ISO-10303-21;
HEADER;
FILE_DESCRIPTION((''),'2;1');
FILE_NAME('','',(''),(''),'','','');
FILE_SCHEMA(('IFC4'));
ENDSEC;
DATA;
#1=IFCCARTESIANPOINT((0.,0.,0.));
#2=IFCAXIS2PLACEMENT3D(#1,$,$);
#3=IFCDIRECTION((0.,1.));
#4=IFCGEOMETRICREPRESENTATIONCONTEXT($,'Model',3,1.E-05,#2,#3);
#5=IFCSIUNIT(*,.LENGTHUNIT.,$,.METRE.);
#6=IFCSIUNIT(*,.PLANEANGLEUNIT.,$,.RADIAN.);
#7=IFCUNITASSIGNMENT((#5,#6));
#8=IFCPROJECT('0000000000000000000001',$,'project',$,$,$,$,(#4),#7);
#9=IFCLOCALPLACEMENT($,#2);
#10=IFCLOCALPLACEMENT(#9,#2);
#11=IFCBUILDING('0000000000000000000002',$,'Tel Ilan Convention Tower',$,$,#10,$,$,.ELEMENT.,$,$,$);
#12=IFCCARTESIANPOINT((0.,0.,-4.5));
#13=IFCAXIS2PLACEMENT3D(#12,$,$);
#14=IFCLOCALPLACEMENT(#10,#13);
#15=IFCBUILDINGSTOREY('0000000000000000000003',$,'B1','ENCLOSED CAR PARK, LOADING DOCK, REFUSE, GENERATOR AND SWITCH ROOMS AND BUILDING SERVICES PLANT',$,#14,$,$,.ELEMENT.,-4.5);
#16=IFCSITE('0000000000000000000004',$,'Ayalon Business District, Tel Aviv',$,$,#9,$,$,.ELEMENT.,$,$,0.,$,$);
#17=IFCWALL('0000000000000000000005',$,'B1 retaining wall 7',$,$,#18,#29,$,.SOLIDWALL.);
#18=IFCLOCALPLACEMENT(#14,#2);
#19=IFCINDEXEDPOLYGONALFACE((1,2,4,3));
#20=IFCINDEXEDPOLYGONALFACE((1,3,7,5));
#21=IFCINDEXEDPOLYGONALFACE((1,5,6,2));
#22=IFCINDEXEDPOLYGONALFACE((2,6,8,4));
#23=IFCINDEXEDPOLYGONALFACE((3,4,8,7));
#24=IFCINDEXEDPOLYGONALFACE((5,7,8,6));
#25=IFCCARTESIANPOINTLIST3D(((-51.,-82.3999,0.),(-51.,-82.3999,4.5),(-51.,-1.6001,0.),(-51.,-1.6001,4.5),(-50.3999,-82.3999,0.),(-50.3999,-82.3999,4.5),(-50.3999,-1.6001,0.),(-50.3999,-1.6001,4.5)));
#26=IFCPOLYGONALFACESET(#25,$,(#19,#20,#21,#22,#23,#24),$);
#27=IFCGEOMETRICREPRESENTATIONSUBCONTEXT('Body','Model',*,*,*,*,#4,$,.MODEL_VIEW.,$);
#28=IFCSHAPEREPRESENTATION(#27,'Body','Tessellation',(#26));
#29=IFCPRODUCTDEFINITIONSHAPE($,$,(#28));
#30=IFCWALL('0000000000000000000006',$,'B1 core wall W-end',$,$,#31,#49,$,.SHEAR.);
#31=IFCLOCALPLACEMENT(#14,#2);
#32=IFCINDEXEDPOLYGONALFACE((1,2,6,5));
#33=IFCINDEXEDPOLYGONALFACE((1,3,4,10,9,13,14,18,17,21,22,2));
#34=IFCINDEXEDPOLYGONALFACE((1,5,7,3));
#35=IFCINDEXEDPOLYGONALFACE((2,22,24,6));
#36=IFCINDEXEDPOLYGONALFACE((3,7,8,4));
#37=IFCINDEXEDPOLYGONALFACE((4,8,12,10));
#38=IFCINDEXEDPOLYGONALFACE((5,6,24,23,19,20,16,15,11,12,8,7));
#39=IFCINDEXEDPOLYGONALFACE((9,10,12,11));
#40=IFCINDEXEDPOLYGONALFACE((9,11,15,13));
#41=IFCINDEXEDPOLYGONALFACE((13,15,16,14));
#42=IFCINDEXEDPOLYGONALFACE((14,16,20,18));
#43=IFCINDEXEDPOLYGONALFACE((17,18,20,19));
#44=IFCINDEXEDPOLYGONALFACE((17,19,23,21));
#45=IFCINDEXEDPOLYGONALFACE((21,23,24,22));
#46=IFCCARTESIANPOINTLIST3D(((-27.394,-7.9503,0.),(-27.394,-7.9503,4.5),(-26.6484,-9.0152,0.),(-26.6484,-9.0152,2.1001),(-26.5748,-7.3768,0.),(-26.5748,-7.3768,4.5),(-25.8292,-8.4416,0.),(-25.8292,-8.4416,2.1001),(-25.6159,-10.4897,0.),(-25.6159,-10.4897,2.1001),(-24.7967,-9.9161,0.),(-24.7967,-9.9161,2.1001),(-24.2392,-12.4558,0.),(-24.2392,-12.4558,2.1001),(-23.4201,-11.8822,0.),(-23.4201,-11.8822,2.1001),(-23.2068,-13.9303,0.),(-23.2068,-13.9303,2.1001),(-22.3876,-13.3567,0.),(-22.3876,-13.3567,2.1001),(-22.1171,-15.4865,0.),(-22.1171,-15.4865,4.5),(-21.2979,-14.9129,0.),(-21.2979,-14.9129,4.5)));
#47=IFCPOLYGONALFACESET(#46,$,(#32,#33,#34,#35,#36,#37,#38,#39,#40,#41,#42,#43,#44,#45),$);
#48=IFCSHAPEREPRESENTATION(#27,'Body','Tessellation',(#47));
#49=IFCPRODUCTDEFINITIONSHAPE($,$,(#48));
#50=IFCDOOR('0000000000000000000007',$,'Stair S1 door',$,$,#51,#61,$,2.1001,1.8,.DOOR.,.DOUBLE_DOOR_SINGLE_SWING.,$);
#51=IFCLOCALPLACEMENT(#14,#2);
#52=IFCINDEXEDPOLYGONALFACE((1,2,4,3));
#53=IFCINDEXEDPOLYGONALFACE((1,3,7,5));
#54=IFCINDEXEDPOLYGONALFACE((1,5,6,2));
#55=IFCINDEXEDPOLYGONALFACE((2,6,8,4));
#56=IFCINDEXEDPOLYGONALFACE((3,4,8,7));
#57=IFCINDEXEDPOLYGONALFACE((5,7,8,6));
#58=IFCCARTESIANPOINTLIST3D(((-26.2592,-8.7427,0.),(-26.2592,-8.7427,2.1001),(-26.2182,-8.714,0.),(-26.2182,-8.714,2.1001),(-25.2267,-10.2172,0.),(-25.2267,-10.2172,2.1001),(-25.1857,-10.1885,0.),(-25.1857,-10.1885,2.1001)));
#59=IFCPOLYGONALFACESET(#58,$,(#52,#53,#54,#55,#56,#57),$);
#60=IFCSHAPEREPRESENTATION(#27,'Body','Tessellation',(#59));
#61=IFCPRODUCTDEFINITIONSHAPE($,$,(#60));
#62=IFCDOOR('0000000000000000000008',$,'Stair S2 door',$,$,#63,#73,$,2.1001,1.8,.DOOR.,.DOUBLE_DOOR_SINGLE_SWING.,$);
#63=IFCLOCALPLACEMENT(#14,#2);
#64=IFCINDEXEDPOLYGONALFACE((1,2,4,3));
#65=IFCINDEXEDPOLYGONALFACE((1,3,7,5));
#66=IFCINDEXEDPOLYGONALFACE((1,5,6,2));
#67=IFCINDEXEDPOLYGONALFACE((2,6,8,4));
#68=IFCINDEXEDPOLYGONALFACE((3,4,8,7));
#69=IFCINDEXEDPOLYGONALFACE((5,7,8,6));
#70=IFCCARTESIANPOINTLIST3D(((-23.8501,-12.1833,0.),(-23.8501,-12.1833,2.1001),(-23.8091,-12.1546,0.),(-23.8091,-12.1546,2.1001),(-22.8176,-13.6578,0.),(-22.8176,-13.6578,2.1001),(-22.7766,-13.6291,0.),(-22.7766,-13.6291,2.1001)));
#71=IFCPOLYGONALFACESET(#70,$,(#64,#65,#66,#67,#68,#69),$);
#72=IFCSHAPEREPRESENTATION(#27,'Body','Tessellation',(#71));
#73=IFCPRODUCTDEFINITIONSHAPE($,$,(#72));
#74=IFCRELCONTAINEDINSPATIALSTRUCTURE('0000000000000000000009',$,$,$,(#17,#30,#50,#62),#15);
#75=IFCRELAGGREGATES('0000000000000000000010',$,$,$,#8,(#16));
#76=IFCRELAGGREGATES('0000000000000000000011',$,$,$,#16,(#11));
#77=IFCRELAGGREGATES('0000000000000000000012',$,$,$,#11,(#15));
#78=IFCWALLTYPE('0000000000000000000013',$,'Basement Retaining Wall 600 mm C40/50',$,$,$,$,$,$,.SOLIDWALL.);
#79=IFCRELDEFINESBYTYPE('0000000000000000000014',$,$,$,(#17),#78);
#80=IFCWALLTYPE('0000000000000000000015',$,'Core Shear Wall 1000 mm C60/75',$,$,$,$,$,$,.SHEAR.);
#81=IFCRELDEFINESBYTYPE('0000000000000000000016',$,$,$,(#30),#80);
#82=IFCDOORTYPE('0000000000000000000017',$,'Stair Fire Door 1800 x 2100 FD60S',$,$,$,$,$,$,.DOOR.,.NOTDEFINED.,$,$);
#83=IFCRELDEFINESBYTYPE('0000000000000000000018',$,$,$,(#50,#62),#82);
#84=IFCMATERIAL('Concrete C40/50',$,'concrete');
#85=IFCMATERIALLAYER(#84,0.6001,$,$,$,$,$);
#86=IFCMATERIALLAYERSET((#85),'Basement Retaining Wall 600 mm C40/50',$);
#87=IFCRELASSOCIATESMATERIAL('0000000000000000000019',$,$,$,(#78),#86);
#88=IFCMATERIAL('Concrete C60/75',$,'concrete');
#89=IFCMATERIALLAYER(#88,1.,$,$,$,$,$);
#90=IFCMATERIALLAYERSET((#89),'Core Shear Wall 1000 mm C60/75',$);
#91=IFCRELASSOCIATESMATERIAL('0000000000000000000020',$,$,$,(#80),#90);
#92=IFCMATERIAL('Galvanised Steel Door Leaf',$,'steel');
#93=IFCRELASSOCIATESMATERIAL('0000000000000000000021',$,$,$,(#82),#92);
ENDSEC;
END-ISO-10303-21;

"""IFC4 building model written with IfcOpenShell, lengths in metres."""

from ifc_helpers import new_model, si_unit, direction, frame, frame_2d, origin, place, context, subcontext, project, spatial, polyline, rectangle, outline, extrude, material, layer, layer_set, type_object, element, fill, save


model = new_model("IFC4")

# Units and contexts
model_context = context("Model", 3, precision=1e-05, world=origin(), true_north=direction((0.0, 1.0)))
body_context = subcontext(model_context, "Body", "Model", "MODEL_VIEW")
ifc_project = project(units=[si_unit("LENGTHUNIT", "METRE"), si_unit("PLANEANGLEUNIT", "RADIAN")], contexts=[model_context])

# Site, building, storey
site_placement = place(None, origin())
site = spatial("IfcSite", under=ifc_project, at=site_placement, Name="Ayalon Business District, Tel Aviv", CompositionType="ELEMENT", RefElevation=0.0)
building_placement = place(site_placement, origin())
building = spatial("IfcBuilding", under=site, at=building_placement, Name="Tel Ilan Convention Tower", CompositionType="ELEMENT")
storey_placement = place(building_placement, frame((0.0, 0.0, -4.5)))
storey = spatial("IfcBuildingStorey", under=building, at=storey_placement, Name="B1", Description="ENCLOSED CAR PARK, LOADING DOCK, REFUSE, GENERATOR AND SWITCH ROOMS AND BUILDING SERVICES PLANT", CompositionType="ELEMENT", Elevation=-4.5)

# Wall
ifc_material_1 = material(Name="Concrete C40/50", Category="concrete")
ifc_layer_1 = layer(ifc_material_1, 0.6001)
ifc_layer_set_1 = layer_set([ifc_layer_1], Name="Basement Retaining Wall 600 mm C40/50")
wall_type_1 = type_object("IfcWallType", Name="Basement Retaining Wall 600 mm C40/50", PredefinedType="SOLIDWALL", material=ifc_layer_set_1)
wall_1_placement = place(storey_placement, frame((-50.7, -1.0, 0.0), z_axis=(0.0, 0.0, 1.0), x_axis=(0.0, -1.0, 0.0)))
element("IfcWall", 1, at=wall_1_placement, inside=storey, type_object=wall_type_1, Name="B1 retaining wall 7", PredefinedType="SOLIDWALL", context=body_context, shape_type="SweptSolid", body=[
    extrude(outline(polyline([(81.3999, 0.3), (81.3999, -0.3), (0.6001, -0.3), (0.6001, 0.3), (81.3999, 0.3)])), origin(), (0.0, 0.0, 1.0), 4.5),
])

# Wall, openings, doors
ifc_material_2 = material(Name="Concrete C60/75", Category="concrete")
ifc_layer_2 = layer(ifc_material_2, 1.0)
ifc_layer_set_2 = layer_set([ifc_layer_2], Name="Core Shear Wall 1000 mm C60/75")
wall_type_2 = type_object("IfcWallType", Name="Core Shear Wall 1000 mm C60/75", PredefinedType="SHEAR", material=ifc_layer_set_2)
wall_2_placement = place(storey_placement, frame((-21.7075, -15.1997, 0.0), z_axis=(0.0, 0.0, 1.0), x_axis=(-0.573576, 0.819152, 0.0)))
wall_2 = element("IfcWall", 2, at=wall_2_placement, inside=storey, type_object=wall_type_2, Name="B1 core wall W-end", PredefinedType="SHEAR", context=body_context, shape_type="SweptSolid", body=[
    extrude(outline(polyline([(0.0, 0.5), (0.0, -0.5), (9.2, -0.5), (9.2, 0.5), (0.0, 0.5)])), origin(), (0.0, 0.0, 1.0), 4.5),
])
opening_1_placement = place(wall_2_placement, frame((6.1001, 0.0, 0.0)))
opening_1 = element("IfcOpeningElement", 3, at=opening_1_placement, cuts=wall_2, PredefinedType="OPENING", context=body_context, shape_type="SweptSolid", body=[
    extrude(rectangle(XDim=1.8, YDim=2.1001, at=frame_2d((0.8999, 1.05))), frame((0.0, 0.51, 0.0), z_axis=(0.0, -1.0, 0.0), x_axis=(1.0, 0.0, 0.0)), (0.0, 0.0, 1.0), 1.02),
])
opening_2_placement = place(wall_2_placement, frame((1.8999, 0.0, 0.0)))
opening_2 = element("IfcOpeningElement", 4, at=opening_2_placement, cuts=wall_2, PredefinedType="OPENING", context=body_context, shape_type="SweptSolid", body=[
    extrude(rectangle(XDim=1.8, YDim=2.1001, at=frame_2d((0.8999, 1.05))), frame((0.0, 0.51, 0.0), z_axis=(0.0, -1.0, 0.0), x_axis=(1.0, 0.0, 0.0)), (0.0, 0.0, 1.0), 1.02),
])
ifc_material_3 = material(Name="Galvanised Steel Door Leaf", Category="steel")
door_type = type_object("IfcDoorType", Name="Stair Fire Door 1800 x 2100 FD60S", OperationType="NOTDEFINED", PredefinedType="DOOR", material=ifc_material_3)
door_1_placement = place(opening_1_placement, origin())
door_1 = element("IfcDoor", 5, at=door_1_placement, inside=storey, type_object=door_type, Name="Stair S1 door", OperationType="DOUBLE_DOOR_SINGLE_SWING", OverallHeight=2.1001, OverallWidth=1.8, PredefinedType="DOOR", context=body_context, shape_type="SweptSolid", body=[
    extrude(rectangle(XDim=1.8, YDim=2.1001, at=frame_2d((0.8999, 1.05))), frame((0.0, 0.0249, 0.0), z_axis=(0.0, -1.0, 0.0), x_axis=(1.0, 0.0, 0.0)), (0.0, 0.0, 1.0), 0.05),
])
fill(opening_1, door_1)
door_2_placement = place(opening_2_placement, origin())
door_2 = element("IfcDoor", 6, at=door_2_placement, inside=storey, type_object=door_type, Name="Stair S2 door", OperationType="DOUBLE_DOOR_SINGLE_SWING", OverallHeight=2.1001, OverallWidth=1.8, PredefinedType="DOOR", context=body_context, shape_type="SweptSolid", body=[
    extrude(rectangle(XDim=1.8, YDim=2.1001, at=frame_2d((0.8999, 1.05))), frame((0.0, 0.0249, 0.0), z_axis=(0.0, -1.0, 0.0), x_axis=(1.0, 0.0, 0.0)), (0.0, 0.0, 1.0), 0.05),
])
fill(opening_2, door_2)

save(model, "model.ifc")
